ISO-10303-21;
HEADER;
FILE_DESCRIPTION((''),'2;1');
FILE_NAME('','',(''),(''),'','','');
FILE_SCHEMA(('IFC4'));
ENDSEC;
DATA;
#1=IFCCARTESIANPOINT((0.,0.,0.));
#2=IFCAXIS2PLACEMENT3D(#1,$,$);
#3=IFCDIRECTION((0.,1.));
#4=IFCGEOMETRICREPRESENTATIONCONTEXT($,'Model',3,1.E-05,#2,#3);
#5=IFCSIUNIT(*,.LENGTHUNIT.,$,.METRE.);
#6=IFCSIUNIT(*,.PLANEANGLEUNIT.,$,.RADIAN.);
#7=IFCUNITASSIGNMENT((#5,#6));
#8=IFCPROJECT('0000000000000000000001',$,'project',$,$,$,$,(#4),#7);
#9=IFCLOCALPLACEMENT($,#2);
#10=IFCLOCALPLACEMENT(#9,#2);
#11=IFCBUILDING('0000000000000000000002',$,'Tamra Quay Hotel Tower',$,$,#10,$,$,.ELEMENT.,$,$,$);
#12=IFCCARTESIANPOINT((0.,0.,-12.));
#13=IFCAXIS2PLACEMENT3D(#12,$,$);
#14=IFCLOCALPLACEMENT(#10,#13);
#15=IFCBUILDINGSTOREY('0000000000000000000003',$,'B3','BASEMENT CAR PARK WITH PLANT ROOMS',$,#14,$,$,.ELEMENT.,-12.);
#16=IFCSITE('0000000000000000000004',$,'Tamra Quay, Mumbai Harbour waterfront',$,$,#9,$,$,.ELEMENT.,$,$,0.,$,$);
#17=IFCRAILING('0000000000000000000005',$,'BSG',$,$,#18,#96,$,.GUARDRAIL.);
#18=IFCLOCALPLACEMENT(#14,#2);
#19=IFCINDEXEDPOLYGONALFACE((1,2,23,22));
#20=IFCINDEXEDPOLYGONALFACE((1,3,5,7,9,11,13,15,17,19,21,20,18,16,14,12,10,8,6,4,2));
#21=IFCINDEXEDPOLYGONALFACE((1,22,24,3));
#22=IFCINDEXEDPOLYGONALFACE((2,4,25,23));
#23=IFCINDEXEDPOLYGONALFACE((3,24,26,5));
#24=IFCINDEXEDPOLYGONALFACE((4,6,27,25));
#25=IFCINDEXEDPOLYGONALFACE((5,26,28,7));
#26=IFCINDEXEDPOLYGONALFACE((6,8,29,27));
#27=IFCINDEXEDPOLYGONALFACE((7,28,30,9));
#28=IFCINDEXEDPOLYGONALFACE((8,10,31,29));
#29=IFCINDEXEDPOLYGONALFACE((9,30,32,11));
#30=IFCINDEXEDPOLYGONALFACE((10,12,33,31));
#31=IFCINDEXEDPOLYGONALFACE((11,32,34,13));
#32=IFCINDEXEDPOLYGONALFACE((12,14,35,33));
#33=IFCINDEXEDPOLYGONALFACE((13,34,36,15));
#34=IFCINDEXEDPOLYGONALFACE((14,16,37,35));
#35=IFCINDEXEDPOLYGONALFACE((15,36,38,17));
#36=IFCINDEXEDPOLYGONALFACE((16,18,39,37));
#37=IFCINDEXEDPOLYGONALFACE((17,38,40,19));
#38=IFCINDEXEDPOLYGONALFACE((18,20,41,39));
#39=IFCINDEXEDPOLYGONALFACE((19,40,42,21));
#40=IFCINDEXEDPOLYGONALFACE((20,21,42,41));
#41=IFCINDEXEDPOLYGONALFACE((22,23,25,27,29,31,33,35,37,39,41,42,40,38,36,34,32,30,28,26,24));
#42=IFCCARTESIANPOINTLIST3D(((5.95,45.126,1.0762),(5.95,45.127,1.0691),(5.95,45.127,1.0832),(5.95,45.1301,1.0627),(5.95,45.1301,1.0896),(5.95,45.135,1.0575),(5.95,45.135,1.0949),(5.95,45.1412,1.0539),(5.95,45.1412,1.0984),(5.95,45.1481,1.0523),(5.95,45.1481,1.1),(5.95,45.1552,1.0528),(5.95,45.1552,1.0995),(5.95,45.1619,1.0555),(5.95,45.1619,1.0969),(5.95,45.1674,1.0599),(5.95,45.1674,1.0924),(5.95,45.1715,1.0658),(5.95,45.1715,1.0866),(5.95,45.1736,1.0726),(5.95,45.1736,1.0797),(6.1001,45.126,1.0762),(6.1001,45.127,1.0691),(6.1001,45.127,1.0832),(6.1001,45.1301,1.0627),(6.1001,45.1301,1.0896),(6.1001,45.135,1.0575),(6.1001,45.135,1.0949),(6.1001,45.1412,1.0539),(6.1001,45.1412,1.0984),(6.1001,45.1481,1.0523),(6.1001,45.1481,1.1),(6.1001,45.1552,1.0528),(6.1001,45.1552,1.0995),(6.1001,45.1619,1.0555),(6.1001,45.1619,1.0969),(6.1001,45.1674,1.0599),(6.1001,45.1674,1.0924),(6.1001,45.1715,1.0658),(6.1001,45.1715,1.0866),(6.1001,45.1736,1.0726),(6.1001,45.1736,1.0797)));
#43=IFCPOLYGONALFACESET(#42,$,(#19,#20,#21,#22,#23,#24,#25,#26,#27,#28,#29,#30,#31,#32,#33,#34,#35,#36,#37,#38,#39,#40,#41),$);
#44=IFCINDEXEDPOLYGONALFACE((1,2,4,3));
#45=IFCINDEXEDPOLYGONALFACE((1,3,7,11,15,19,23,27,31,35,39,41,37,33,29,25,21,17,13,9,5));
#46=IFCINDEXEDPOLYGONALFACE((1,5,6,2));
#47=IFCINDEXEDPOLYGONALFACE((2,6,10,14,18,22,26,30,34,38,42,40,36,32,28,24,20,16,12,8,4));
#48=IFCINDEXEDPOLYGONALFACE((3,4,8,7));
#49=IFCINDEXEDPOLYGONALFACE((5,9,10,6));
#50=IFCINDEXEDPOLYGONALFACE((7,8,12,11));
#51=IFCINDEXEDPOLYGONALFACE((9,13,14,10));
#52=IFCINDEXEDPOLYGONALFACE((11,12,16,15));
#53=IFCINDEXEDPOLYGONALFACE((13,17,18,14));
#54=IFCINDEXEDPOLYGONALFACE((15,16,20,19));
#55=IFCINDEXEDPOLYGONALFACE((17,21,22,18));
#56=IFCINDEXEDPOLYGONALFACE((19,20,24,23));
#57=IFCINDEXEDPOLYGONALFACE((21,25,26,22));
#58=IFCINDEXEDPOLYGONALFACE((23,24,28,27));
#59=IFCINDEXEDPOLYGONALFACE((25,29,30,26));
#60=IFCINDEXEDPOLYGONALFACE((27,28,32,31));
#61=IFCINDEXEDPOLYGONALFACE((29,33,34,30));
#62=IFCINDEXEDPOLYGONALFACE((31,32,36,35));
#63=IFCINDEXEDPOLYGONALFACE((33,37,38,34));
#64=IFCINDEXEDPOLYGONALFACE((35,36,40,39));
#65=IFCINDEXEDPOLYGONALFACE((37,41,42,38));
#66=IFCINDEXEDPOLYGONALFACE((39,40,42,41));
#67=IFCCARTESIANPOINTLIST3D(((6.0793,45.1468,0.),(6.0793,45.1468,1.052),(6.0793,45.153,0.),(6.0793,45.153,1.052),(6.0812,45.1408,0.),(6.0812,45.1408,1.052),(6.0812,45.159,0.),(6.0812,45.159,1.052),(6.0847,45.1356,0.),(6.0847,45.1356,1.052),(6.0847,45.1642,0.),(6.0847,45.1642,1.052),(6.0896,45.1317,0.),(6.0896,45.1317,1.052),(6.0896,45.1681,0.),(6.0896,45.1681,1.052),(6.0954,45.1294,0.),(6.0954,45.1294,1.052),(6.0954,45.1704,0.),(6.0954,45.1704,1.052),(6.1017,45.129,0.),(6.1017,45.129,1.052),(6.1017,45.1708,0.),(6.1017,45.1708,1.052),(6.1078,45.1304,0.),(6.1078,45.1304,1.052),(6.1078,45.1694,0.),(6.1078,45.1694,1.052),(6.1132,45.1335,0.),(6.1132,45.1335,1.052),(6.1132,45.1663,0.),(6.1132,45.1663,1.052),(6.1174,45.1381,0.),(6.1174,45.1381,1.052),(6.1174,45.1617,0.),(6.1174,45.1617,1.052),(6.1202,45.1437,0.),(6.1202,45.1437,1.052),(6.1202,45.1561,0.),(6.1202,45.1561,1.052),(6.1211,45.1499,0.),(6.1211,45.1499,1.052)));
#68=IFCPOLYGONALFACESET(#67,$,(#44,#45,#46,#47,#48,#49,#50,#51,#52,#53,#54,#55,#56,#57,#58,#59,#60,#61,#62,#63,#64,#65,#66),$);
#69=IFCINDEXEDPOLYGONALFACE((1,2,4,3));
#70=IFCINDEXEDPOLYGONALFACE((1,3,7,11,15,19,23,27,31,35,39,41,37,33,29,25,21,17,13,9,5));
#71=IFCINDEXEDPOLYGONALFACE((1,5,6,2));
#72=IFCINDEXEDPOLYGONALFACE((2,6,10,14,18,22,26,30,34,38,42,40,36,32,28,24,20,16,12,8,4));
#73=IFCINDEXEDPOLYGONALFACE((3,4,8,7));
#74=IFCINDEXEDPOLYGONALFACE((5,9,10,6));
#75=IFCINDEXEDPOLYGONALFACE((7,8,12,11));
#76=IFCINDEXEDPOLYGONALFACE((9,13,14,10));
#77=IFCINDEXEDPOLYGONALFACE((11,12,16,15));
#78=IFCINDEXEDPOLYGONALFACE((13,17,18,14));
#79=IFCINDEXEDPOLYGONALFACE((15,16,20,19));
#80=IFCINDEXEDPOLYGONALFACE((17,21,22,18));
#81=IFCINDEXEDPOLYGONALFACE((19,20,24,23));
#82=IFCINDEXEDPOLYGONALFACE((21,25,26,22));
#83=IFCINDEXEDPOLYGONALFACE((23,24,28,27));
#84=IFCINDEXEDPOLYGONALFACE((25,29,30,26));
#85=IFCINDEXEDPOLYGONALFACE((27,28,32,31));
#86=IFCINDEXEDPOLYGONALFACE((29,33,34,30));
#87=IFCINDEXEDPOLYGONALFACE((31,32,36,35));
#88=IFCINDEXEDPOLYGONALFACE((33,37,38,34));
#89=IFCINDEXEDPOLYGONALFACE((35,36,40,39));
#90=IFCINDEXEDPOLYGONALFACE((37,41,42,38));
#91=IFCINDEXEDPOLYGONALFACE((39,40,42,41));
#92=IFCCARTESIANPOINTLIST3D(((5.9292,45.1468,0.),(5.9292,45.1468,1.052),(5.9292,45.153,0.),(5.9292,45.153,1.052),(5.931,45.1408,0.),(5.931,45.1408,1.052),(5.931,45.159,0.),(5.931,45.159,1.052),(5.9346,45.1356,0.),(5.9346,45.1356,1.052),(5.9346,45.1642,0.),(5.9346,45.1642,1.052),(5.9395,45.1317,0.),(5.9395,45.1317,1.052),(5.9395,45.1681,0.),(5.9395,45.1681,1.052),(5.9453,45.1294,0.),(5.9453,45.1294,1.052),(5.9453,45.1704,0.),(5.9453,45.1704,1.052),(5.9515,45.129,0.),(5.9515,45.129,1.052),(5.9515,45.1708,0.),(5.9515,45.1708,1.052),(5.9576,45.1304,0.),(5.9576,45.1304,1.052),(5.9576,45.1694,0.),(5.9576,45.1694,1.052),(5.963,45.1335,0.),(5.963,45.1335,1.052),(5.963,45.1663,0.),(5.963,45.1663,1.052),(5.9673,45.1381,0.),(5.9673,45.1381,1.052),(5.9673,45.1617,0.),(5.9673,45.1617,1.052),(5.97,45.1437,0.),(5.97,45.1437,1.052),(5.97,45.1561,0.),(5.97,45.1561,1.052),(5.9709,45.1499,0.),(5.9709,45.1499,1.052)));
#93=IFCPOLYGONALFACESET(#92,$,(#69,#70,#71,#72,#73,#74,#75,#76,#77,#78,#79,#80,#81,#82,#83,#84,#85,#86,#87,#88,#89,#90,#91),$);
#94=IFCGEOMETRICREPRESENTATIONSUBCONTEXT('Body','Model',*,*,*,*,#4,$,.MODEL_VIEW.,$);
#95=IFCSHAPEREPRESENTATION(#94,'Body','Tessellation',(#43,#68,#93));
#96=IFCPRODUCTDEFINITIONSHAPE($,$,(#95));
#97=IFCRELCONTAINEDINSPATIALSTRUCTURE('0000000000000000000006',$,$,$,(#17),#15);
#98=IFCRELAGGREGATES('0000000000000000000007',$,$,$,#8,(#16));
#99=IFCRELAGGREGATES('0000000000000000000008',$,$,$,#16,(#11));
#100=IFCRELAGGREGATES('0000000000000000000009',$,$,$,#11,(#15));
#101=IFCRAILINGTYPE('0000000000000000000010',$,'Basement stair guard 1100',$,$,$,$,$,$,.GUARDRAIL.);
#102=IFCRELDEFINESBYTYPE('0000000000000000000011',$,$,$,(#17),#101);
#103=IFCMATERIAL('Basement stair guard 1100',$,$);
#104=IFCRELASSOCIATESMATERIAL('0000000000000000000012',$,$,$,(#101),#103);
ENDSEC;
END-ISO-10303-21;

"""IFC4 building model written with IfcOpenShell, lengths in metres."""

from ifc_helpers import new_model, si_unit, direction, frame, origin, origin_2d, place, context, subcontext, project, spatial, circle, extrude, material, type_object, element, save


model = new_model("IFC4")

# Units and contexts
model_context = context("Model", 3, precision=1e-05, world=origin(), true_north=direction((0.0, 1.0)))
body_context = subcontext(model_context, "Body", "Model", "MODEL_VIEW")
ifc_project = project(units=[si_unit("LENGTHUNIT", "METRE"), si_unit("PLANEANGLEUNIT", "RADIAN")], contexts=[model_context])

# Site, building, storey
site_placement = place(None, origin())
site = spatial("IfcSite", under=ifc_project, at=site_placement, Name="Tamra Quay, Mumbai Harbour waterfront", CompositionType="ELEMENT", RefElevation=0.0)
building_placement = place(site_placement, origin())
building = spatial("IfcBuilding", under=site, at=building_placement, Name="Tamra Quay Hotel Tower", CompositionType="ELEMENT")
storey_placement = place(building_placement, frame((0.0, 0.0, -12.0)))
storey = spatial("IfcBuildingStorey", under=building, at=storey_placement, Name="B3", Description="BASEMENT CAR PARK WITH PLANT ROOMS", CompositionType="ELEMENT", Elevation=-12.0)

# Railing
ifc_material_1 = material(Name="Basement stair guard 1100")
railing_type_1 = type_object("IfcRailingType", Name="Basement stair guard 1100", PredefinedType="GUARDRAIL", material=ifc_material_1)
railing_1_placement = place(storey_placement, frame((6.1001, 45.1499, 0.0)))
element("IfcRailing", 1, at=railing_1_placement, inside=storey, type_object=railing_type_1, Name="BSG", PredefinedType="GUARDRAIL", context=body_context, shape_type="SweptSolid", body=[
    extrude(circle(Radius=0.0239, at=origin_2d()), frame((0.0, 0.0, 1.0762), z_axis=(-1.0, 0.0, 0.0), x_axis=(0.0, -1.0, 0.0)), (0.0, 0.0, 1.0), 0.1501),
    extrude(circle(Radius=0.021, at=origin_2d()), origin(), (0.0, 0.0, 1.0), 1.052),
    extrude(circle(Radius=0.021, at=origin_2d()), frame((-0.1501, 0.0, 0.0)), (0.0, 0.0, 1.0), 1.052),
])

save(model, "model.ifc")
